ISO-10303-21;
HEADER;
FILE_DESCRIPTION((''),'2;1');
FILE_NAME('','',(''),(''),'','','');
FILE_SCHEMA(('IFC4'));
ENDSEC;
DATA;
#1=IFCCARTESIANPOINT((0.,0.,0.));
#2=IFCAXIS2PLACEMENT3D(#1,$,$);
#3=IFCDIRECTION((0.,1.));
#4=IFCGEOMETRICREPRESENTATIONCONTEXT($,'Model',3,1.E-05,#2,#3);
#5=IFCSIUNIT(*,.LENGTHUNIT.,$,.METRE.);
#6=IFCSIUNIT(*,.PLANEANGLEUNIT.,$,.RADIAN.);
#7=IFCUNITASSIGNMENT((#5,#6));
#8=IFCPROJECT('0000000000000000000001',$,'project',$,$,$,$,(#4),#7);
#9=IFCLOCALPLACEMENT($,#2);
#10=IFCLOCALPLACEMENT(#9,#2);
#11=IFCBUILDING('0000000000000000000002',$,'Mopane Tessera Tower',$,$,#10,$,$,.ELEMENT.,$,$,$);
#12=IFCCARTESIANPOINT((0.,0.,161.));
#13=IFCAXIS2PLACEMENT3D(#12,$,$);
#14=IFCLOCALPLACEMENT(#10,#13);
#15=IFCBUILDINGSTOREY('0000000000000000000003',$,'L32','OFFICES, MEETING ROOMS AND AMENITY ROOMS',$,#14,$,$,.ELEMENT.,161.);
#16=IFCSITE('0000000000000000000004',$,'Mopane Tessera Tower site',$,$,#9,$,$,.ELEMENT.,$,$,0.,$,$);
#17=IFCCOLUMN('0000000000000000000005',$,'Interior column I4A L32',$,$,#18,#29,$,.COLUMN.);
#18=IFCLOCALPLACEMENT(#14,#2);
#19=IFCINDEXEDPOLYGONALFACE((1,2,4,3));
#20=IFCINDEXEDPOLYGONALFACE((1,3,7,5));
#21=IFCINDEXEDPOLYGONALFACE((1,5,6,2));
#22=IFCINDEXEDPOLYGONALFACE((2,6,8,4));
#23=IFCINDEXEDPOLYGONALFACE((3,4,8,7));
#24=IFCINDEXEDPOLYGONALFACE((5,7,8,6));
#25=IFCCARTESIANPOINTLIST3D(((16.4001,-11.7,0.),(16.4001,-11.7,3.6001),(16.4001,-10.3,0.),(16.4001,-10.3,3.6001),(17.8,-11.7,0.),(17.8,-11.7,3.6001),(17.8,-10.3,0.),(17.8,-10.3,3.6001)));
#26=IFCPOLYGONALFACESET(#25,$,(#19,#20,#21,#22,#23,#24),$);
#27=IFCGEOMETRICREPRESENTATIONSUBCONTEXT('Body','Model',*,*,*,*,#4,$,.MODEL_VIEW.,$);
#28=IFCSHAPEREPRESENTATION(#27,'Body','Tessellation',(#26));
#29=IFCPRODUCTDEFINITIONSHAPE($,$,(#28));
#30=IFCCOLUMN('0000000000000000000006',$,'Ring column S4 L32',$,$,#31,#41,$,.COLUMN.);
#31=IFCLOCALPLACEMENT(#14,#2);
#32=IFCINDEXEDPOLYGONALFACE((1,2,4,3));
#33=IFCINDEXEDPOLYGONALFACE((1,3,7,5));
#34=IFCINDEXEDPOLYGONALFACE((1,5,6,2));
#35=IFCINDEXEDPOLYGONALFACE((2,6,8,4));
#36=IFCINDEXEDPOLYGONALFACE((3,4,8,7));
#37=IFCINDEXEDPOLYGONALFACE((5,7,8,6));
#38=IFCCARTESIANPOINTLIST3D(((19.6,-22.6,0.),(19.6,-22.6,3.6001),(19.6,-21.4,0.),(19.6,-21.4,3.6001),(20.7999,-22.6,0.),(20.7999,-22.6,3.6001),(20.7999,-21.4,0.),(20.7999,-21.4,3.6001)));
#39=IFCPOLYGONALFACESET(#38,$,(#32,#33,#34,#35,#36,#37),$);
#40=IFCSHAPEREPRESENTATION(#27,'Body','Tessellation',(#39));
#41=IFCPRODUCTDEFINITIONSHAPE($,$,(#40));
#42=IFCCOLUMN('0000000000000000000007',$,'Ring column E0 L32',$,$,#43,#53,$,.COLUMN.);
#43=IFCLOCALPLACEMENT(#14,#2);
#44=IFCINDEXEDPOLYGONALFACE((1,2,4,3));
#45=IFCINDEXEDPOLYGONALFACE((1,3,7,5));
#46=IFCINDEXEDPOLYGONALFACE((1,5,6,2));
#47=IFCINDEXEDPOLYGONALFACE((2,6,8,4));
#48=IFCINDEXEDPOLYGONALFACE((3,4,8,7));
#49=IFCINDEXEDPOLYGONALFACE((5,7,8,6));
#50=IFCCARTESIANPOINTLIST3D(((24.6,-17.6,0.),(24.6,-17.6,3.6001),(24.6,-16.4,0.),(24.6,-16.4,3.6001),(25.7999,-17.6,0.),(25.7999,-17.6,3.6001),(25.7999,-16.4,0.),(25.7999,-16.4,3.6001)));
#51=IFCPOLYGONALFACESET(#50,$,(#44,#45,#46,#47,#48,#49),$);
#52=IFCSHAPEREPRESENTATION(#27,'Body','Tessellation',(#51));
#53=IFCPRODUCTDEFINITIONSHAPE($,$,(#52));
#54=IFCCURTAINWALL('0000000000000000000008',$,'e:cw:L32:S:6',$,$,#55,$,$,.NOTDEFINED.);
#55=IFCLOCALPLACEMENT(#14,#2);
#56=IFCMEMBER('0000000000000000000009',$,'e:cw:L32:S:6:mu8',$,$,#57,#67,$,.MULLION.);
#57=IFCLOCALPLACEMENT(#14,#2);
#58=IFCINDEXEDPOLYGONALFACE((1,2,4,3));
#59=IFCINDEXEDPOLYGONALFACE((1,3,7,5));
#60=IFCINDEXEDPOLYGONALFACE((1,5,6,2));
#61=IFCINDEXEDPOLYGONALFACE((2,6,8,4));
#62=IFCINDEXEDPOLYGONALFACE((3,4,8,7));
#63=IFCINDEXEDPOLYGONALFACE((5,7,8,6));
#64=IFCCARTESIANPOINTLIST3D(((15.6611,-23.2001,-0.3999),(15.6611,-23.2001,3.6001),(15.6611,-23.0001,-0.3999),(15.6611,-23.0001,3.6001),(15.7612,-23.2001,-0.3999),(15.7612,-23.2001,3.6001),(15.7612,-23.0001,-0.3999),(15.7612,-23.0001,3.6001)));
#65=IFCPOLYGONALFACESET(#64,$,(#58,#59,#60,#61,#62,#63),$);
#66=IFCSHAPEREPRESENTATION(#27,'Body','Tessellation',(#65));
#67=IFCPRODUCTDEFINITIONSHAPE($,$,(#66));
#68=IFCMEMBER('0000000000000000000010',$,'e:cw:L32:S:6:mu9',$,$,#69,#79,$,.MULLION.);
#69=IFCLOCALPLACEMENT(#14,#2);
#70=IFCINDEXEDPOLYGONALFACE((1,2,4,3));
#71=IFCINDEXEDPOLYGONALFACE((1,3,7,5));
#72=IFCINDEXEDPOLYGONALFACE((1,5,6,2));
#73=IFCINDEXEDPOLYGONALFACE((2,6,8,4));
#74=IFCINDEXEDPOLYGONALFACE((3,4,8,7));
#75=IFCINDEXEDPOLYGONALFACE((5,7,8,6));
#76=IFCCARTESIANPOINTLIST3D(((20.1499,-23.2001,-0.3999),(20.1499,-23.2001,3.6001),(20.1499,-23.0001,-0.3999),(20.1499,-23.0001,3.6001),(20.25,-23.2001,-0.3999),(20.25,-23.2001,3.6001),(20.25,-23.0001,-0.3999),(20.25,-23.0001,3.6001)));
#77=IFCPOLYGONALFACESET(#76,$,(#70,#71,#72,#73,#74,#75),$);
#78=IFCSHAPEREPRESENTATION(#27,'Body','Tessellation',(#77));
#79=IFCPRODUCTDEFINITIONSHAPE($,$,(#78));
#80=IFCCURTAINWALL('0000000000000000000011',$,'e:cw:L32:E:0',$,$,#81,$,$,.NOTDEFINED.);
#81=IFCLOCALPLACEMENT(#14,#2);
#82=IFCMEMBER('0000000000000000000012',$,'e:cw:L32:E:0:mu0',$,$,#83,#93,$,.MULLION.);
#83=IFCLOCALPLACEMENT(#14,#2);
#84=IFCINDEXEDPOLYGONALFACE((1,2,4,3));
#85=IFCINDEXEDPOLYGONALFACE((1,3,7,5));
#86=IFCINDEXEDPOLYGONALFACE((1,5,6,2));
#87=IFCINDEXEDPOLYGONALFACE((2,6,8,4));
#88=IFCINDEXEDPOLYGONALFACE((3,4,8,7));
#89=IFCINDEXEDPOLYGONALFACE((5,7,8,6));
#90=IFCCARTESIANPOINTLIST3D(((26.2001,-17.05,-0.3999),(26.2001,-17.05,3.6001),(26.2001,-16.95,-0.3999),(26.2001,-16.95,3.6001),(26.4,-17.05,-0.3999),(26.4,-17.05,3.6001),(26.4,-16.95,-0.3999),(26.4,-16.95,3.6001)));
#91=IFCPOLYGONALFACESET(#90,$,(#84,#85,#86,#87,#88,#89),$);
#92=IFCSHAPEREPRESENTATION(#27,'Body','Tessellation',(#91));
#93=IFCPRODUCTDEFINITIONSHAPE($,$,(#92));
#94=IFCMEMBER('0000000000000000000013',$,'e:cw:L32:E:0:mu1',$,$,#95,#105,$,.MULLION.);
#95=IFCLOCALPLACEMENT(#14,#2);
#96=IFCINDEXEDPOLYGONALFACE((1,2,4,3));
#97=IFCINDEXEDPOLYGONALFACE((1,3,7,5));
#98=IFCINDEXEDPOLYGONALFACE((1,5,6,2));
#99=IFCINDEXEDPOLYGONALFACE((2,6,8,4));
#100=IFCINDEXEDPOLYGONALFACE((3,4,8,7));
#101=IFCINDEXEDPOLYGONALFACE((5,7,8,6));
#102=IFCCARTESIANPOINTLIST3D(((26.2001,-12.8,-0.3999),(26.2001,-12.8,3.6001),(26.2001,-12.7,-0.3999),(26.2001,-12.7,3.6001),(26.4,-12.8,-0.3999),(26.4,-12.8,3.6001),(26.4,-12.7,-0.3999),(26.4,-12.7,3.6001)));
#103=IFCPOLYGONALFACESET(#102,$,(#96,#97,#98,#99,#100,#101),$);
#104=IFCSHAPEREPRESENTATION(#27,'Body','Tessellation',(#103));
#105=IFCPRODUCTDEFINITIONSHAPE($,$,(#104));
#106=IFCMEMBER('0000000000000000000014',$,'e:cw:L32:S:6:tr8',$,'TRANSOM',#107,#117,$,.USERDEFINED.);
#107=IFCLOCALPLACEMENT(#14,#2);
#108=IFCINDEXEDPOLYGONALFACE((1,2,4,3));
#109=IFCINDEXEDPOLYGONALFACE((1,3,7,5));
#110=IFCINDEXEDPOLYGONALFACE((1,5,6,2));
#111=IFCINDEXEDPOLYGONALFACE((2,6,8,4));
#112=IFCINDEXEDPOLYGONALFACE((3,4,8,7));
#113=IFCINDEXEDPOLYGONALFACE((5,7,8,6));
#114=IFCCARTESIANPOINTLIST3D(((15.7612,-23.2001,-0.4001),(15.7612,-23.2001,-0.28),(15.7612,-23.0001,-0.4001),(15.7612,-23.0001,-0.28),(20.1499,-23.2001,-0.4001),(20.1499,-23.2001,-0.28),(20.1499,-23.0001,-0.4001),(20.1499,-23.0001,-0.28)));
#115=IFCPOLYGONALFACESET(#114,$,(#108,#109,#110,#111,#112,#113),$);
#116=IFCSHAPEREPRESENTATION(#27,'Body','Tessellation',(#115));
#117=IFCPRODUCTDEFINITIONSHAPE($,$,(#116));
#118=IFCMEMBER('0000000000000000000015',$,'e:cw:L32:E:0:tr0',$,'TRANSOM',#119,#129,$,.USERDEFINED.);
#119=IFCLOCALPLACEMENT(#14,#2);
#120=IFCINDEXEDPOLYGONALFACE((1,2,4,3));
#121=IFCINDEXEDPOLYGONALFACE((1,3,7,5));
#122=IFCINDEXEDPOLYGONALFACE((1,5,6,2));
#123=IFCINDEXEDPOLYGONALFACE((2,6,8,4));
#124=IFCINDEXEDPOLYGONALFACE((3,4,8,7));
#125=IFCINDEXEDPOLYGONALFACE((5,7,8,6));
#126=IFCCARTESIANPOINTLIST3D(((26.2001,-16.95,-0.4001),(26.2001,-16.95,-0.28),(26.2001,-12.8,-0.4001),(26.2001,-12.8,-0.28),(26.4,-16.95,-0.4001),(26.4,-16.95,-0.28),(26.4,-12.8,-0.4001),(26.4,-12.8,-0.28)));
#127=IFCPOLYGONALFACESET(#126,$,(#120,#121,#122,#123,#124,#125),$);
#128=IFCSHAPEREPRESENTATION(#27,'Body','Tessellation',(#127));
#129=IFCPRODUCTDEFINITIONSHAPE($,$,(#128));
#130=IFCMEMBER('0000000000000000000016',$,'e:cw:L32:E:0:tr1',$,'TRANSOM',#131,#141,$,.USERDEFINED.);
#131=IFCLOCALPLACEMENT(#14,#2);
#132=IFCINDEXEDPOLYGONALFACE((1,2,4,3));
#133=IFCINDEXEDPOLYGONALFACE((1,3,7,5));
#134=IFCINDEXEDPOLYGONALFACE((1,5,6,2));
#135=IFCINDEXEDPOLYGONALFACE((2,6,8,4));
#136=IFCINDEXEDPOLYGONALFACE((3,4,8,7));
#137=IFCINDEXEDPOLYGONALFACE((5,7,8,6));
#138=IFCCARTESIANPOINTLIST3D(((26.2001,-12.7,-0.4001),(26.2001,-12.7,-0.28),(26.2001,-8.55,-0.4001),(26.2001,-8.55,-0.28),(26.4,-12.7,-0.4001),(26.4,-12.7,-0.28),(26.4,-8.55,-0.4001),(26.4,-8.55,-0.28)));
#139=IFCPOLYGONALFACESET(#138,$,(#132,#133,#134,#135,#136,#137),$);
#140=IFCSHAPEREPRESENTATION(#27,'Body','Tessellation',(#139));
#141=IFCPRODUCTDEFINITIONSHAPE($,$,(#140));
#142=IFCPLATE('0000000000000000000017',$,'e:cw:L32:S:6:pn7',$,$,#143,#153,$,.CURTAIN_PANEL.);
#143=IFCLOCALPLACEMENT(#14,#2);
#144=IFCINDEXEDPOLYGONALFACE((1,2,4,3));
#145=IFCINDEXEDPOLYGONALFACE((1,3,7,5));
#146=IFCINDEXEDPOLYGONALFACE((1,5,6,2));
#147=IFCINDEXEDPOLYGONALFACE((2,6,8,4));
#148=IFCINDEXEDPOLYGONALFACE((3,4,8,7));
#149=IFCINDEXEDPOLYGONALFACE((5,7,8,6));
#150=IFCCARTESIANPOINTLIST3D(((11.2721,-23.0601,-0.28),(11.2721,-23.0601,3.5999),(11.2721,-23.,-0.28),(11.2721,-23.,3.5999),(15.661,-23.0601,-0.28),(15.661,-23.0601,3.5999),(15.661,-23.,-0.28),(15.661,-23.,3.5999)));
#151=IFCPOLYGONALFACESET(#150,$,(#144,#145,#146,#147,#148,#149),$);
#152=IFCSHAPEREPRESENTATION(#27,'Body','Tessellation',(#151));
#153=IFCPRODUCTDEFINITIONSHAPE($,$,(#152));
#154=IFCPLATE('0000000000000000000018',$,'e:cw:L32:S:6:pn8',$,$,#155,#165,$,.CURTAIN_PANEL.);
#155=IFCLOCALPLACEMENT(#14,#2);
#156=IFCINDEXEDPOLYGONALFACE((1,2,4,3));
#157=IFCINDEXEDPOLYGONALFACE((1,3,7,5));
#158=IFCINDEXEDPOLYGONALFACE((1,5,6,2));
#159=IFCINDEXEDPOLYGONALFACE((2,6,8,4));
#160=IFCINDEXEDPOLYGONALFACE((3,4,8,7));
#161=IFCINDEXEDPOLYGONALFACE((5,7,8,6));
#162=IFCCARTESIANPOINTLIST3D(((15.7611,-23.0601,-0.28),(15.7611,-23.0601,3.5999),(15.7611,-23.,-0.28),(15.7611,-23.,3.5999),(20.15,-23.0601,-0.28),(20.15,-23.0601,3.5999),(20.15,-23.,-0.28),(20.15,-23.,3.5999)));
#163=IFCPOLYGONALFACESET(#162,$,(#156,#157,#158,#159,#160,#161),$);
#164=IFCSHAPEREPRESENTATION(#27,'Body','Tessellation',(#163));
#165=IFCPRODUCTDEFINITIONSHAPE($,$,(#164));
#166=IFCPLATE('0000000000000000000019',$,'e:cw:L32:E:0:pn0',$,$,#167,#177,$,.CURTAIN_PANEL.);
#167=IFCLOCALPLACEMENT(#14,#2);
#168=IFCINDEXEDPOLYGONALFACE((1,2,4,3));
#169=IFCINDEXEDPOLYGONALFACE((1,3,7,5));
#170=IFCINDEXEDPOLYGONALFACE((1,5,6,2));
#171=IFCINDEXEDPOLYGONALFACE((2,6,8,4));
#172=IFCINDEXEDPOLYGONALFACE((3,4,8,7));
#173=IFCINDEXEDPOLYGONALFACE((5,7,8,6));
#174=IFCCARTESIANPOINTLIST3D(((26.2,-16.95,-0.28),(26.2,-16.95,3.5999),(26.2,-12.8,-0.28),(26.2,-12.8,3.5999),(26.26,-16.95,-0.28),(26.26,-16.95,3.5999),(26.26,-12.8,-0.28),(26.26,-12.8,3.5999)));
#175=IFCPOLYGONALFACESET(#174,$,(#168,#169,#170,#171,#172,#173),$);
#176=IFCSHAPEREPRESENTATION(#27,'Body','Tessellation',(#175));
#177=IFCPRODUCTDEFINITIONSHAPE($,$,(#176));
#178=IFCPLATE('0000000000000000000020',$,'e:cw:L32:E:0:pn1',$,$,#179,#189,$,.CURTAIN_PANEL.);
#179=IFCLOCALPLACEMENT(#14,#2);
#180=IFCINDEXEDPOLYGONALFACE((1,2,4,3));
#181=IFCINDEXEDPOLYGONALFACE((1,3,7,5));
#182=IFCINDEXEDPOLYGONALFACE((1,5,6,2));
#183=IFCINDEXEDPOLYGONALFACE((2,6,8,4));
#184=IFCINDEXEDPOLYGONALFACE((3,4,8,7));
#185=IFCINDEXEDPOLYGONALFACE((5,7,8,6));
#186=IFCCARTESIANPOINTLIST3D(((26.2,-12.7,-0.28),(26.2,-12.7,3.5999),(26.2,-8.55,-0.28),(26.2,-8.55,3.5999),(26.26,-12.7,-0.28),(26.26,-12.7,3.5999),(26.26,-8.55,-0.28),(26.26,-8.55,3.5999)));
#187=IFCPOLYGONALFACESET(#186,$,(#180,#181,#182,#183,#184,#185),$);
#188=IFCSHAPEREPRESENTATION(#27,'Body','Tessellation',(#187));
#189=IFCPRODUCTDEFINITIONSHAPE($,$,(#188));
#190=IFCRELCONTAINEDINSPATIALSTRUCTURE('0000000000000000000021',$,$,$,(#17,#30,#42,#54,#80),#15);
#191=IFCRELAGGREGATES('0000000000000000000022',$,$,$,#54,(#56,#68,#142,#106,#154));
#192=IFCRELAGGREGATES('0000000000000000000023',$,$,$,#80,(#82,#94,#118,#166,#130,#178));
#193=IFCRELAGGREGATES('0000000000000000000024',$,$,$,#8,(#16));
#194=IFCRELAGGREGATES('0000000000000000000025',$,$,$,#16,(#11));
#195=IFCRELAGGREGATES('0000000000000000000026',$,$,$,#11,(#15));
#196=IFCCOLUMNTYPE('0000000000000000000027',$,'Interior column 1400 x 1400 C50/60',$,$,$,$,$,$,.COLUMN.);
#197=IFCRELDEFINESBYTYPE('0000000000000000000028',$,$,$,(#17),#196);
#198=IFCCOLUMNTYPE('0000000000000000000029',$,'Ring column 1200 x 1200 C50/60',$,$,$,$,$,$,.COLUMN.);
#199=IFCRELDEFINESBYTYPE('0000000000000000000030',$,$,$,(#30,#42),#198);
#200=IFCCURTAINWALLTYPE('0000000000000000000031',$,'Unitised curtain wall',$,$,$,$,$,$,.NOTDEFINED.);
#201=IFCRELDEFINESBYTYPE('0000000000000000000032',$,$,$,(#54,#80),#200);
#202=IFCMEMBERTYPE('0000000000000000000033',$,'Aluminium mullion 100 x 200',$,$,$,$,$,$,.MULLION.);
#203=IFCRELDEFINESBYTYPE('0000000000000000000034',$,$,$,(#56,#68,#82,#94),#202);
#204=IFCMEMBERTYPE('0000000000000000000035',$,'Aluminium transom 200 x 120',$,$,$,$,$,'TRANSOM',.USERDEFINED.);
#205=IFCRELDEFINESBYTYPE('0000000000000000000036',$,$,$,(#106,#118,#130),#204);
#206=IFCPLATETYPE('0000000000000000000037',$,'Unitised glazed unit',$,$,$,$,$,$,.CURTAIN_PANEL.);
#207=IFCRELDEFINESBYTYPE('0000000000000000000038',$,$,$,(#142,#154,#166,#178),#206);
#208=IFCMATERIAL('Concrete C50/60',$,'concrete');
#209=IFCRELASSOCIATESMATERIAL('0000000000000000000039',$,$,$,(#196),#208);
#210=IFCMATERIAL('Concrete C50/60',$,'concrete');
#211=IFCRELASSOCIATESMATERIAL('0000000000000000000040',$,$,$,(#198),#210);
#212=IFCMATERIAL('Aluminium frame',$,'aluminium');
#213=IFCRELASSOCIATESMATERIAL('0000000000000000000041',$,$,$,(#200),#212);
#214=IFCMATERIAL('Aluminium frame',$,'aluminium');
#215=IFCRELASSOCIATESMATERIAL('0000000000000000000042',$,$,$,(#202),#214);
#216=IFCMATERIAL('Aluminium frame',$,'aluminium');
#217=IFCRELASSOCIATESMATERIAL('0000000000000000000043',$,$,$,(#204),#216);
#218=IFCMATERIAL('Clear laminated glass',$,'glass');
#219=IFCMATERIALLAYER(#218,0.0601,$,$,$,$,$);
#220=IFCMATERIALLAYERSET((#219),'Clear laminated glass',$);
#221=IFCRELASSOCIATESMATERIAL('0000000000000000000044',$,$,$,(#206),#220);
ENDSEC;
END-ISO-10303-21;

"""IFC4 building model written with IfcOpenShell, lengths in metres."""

from ifc_helpers import new_model, si_unit, direction, frame, origin, origin_2d, place, context, subcontext, project, spatial, rectangle, extrude, material, layer, layer_set, material_profile, profile_set, type_object, element, aggregate, save


model = new_model("IFC4")

# Units and contexts
model_context = context("Model", 3, precision=1e-05, world=origin(), true_north=direction((0.0, 1.0)))
body_context = subcontext(model_context, "Body", "Model", "MODEL_VIEW")
ifc_project = project(units=[si_unit("LENGTHUNIT", "METRE"), si_unit("PLANEANGLEUNIT", "RADIAN")], contexts=[model_context])

# Site, building, storey
site_placement = place(None, origin())
site = spatial("IfcSite", under=ifc_project, at=site_placement, Name="Mopane Tessera Tower site", CompositionType="ELEMENT", RefElevation=0.0)
building_placement = place(site_placement, origin())
building = spatial("IfcBuilding", under=site, at=building_placement, Name="Mopane Tessera Tower", CompositionType="ELEMENT")
storey_placement = place(building_placement, frame((0.0, 0.0, 161.0)))
storey = spatial("IfcBuildingStorey", under=building, at=storey_placement, Name="L32", Description="OFFICES, MEETING ROOMS AND AMENITY ROOMS", CompositionType="ELEMENT", Elevation=161.0)

# Columns
ifc_material_1 = material(Name="Concrete C50/60", Category="concrete")
ifc_material_profile_1 = material_profile(ifc_material_1, rectangle(XDim=1.3999, YDim=1.3999, at=origin_2d()))
ifc_profile_set_1 = profile_set([ifc_material_profile_1], Name="Concrete C50/60")
column_type_1 = type_object("IfcColumnType", Name="Interior column 1400 x 1400 C50/60", PredefinedType="COLUMN", material=ifc_profile_set_1)
column_placement = place(storey_placement, frame((17.1001, -11.0, 0.0), z_axis=(0.0, 0.0, 1.0), x_axis=(1.0, 0.0, 0.0)))
element("IfcColumn", 1, at=column_placement, inside=storey, type_object=column_type_1, Name="Interior column I4A L32", PredefinedType="COLUMN", context=body_context, shape_type="SweptSolid", body=[
    extrude(rectangle(XDim=1.3999, YDim=1.3999, at=origin_2d()), origin(), (0.0, 0.0, 1.0), 3.6001),
])
ifc_material_2 = material(Name="Concrete C50/60", Category="concrete")
ifc_material_profile_2 = material_profile(ifc_material_2, rectangle(XDim=1.2, YDim=1.2, at=origin_2d()))
ifc_profile_set_2 = profile_set([ifc_material_profile_2], Name="Concrete C50/60")
column_type_2 = type_object("IfcColumnType", Name="Ring column 1200 x 1200 C50/60", PredefinedType="COLUMN", material=ifc_profile_set_2)
for number, where, z_axis, x_axis, name in (
    (2, (20.2, -22.0, 0.0), (0.0, 0.0, 1.0), (1.0, 0.0, 0.0), "Ring column S4 L32"),
    (3, (25.2, -17.0, 0.0), (0.0, 0.0, 1.0), (1.0, 0.0, 0.0), "Ring column E0 L32"),
):
    element("IfcColumn", number, at=place(storey_placement, frame(where, z_axis=z_axis, x_axis=x_axis)), inside=storey, type_object=column_type_2, Name=name, PredefinedType="COLUMN", context=body_context, shape_type="SweptSolid", body=[
        extrude(rectangle(XDim=1.2, YDim=1.2, at=origin_2d()), origin(), (0.0, 0.0, 1.0), 3.6001),
    ])

# Curtain walls, members
ifc_material_3 = material(Name="Aluminium frame", Category="aluminium")
curtain_wall_type = type_object("IfcCurtainWallType", Name="Unitised curtain wall", PredefinedType="NOTDEFINED", material=ifc_material_3)
curtain_wall_1_placement = place(storey_placement, origin())
curtain_wall_1 = element("IfcCurtainWall", 4, at=curtain_wall_1_placement, inside=storey, type_object=curtain_wall_type, Name="e:cw:L32:S:6", PredefinedType="NOTDEFINED")
ifc_material_4 = material(Name="Aluminium frame", Category="aluminium")
ifc_material_profile_3 = material_profile(ifc_material_4, rectangle(XDim=0.1001, YDim=0.2, at=origin_2d()))
ifc_profile_set_3 = profile_set([ifc_material_profile_3], Name="Aluminium frame")
member_type_1 = type_object("IfcMemberType", Name="Aluminium mullion 100 x 200", PredefinedType="MULLION", material=ifc_profile_set_3)
member_1_placement = place(storey_placement, frame((15.7112, -23.1001, -0.3999), z_axis=(0.0, 0.0, 1.0), x_axis=(1.0, 0.0, 0.0)))
member_1 = element("IfcMember", 5, at=member_1_placement, type_object=member_type_1, Name="e:cw:L32:S:6:mu8", PredefinedType="MULLION", context=body_context, shape_type="SweptSolid", body=[
    extrude(rectangle(XDim=0.1001, YDim=0.2, at=origin_2d()), origin(), (0.0, 0.0, 1.0), 4.0),
])
member_2_placement = place(storey_placement, frame((20.2, -23.1001, -0.3999), z_axis=(0.0, 0.0, 1.0), x_axis=(1.0, 0.0, 0.0)))
member_2 = element("IfcMember", 6, at=member_2_placement, type_object=member_type_1, Name="e:cw:L32:S:6:mu9", PredefinedType="MULLION", context=body_context, shape_type="SweptSolid", body=[
    extrude(rectangle(XDim=0.1001, YDim=0.2, at=origin_2d()), origin(), (0.0, 0.0, 1.0), 4.0),
])
curtain_wall_2_placement = place(storey_placement, origin())
curtain_wall_2 = element("IfcCurtainWall", 7, at=curtain_wall_2_placement, inside=storey, type_object=curtain_wall_type, Name="e:cw:L32:E:0", PredefinedType="NOTDEFINED")
member_3_placement = place(storey_placement, frame((26.3, -17.0, -0.3999), z_axis=(0.0, 0.0, 1.0), x_axis=(0.0, 1.0, 0.0)))
member_3 = element("IfcMember", 8, at=member_3_placement, type_object=member_type_1, Name="e:cw:L32:E:0:mu0", PredefinedType="MULLION", context=body_context, shape_type="SweptSolid", body=[
    extrude(rectangle(XDim=0.1001, YDim=0.2, at=origin_2d()), origin(), (0.0, 0.0, 1.0), 4.0),
])
member_4_placement = place(storey_placement, frame((26.3, -12.75, -0.3999), z_axis=(0.0, 0.0, 1.0), x_axis=(0.0, 1.0, 0.0)))
member_4 = element("IfcMember", 9, at=member_4_placement, type_object=member_type_1, Name="e:cw:L32:E:0:mu1", PredefinedType="MULLION", context=body_context, shape_type="SweptSolid", body=[
    extrude(rectangle(XDim=0.1001, YDim=0.2, at=origin_2d()), origin(), (0.0, 0.0, 1.0), 4.0),
])

# Members
ifc_material_5 = material(Name="Aluminium frame", Category="aluminium")
ifc_material_profile_4 = material_profile(ifc_material_5, rectangle(XDim=0.2, YDim=0.1201, at=origin_2d()))
ifc_profile_set_4 = profile_set([ifc_material_profile_4], Name="Aluminium frame")
member_type_2 = type_object("IfcMemberType", Name="Aluminium transom 200 x 120", ElementType="TRANSOM", PredefinedType="USERDEFINED", material=ifc_profile_set_4)
member_5_placement = place(storey_placement, frame((15.7612, -23.1001, -0.3401), z_axis=(1.0, 0.0, 0.0), x_axis=(0.0, 1.0, 0.0)))
member_5 = element("IfcMember", 10, at=member_5_placement, type_object=member_type_2, Name="e:cw:L32:S:6:tr8", ObjectType="TRANSOM", PredefinedType="USERDEFINED", context=body_context, shape_type="SweptSolid", body=[
    extrude(rectangle(XDim=0.2, YDim=0.1201, at=origin_2d()), origin(), (0.0, 0.0, 1.0), 4.3887),
])
member_6_placement = place(storey_placement, frame((26.3, -16.95, -0.3401), z_axis=(0.0, 1.0, 0.0), x_axis=(-1.0, 0.0, 0.0)))
member_6 = element("IfcMember", 11, at=member_6_placement, type_object=member_type_2, Name="e:cw:L32:E:0:tr0", ObjectType="TRANSOM", PredefinedType="USERDEFINED", context=body_context, shape_type="SweptSolid", body=[
    extrude(rectangle(XDim=0.2, YDim=0.1201, at=origin_2d()), origin(), (0.0, 0.0, 1.0), 4.1499),
])
member_7_placement = place(storey_placement, frame((26.3, -12.7, -0.3401), z_axis=(0.0, 1.0, 0.0), x_axis=(-1.0, 0.0, 0.0)))
member_7 = element("IfcMember", 12, at=member_7_placement, type_object=member_type_2, Name="e:cw:L32:E:0:tr1", ObjectType="TRANSOM", PredefinedType="USERDEFINED", context=body_context, shape_type="SweptSolid", body=[
    extrude(rectangle(XDim=0.2, YDim=0.1201, at=origin_2d()), origin(), (0.0, 0.0, 1.0), 4.1499),
])

# Plates
ifc_material_6 = material(Name="Clear laminated glass", Category="glass")
ifc_layer_1 = layer(ifc_material_6, 0.0601)
ifc_layer_set_1 = layer_set([ifc_layer_1], Name="Clear laminated glass")
plate_type = type_object("IfcPlateType", Name="Unitised glazed unit", PredefinedType="CURTAIN_PANEL", material=ifc_layer_set_1)
plate_1_placement = place(storey_placement, frame((13.4666, -23.03, -0.28), z_axis=(0.0, 0.0, 1.0), x_axis=(1.0, 0.0, 0.0)))
plate_1 = element("IfcPlate", 13, at=plate_1_placement, type_object=plate_type, Name="e:cw:L32:S:6:pn7", PredefinedType="CURTAIN_PANEL", context=body_context, shape_type="SweptSolid", body=[
    extrude(rectangle(XDim=4.3889, YDim=0.0601, at=origin_2d()), origin(), (0.0, 0.0, 1.0), 3.8799),
])
plate_2_placement = place(storey_placement, frame((17.9556, -23.03, -0.28), z_axis=(0.0, 0.0, 1.0), x_axis=(1.0, 0.0, 0.0)))
plate_2 = element("IfcPlate", 14, at=plate_2_placement, type_object=plate_type, Name="e:cw:L32:S:6:pn8", PredefinedType="CURTAIN_PANEL", context=body_context, shape_type="SweptSolid", body=[
    extrude(rectangle(XDim=4.3889, YDim=0.0601, at=origin_2d()), origin(), (0.0, 0.0, 1.0), 3.8799),
])
aggregate(curtain_wall_1, [member_1, member_2, plate_1, member_5, plate_2])
plate_3_placement = place(storey_placement, frame((26.23, -14.875, -0.28), z_axis=(0.0, 0.0, 1.0), x_axis=(0.0, 1.0, 0.0)))
plate_3 = element("IfcPlate", 15, at=plate_3_placement, type_object=plate_type, Name="e:cw:L32:E:0:pn0", PredefinedType="CURTAIN_PANEL", context=body_context, shape_type="SweptSolid", body=[
    extrude(rectangle(XDim=4.1499, YDim=0.0601, at=origin_2d()), origin(), (0.0, 0.0, 1.0), 3.8799),
])
plate_4_placement = place(storey_placement, frame((26.23, -10.625, -0.28), z_axis=(0.0, 0.0, 1.0), x_axis=(0.0, 1.0, 0.0)))
plate_4 = element("IfcPlate", 16, at=plate_4_placement, type_object=plate_type, Name="e:cw:L32:E:0:pn1", PredefinedType="CURTAIN_PANEL", context=body_context, shape_type="SweptSolid", body=[
    extrude(rectangle(XDim=4.1499, YDim=0.0601, at=origin_2d()), origin(), (0.0, 0.0, 1.0), 3.8799),
])
aggregate(curtain_wall_2, [member_3, member_4, member_6, plate_3, member_7, plate_4])

save(model, "model.ifc")
